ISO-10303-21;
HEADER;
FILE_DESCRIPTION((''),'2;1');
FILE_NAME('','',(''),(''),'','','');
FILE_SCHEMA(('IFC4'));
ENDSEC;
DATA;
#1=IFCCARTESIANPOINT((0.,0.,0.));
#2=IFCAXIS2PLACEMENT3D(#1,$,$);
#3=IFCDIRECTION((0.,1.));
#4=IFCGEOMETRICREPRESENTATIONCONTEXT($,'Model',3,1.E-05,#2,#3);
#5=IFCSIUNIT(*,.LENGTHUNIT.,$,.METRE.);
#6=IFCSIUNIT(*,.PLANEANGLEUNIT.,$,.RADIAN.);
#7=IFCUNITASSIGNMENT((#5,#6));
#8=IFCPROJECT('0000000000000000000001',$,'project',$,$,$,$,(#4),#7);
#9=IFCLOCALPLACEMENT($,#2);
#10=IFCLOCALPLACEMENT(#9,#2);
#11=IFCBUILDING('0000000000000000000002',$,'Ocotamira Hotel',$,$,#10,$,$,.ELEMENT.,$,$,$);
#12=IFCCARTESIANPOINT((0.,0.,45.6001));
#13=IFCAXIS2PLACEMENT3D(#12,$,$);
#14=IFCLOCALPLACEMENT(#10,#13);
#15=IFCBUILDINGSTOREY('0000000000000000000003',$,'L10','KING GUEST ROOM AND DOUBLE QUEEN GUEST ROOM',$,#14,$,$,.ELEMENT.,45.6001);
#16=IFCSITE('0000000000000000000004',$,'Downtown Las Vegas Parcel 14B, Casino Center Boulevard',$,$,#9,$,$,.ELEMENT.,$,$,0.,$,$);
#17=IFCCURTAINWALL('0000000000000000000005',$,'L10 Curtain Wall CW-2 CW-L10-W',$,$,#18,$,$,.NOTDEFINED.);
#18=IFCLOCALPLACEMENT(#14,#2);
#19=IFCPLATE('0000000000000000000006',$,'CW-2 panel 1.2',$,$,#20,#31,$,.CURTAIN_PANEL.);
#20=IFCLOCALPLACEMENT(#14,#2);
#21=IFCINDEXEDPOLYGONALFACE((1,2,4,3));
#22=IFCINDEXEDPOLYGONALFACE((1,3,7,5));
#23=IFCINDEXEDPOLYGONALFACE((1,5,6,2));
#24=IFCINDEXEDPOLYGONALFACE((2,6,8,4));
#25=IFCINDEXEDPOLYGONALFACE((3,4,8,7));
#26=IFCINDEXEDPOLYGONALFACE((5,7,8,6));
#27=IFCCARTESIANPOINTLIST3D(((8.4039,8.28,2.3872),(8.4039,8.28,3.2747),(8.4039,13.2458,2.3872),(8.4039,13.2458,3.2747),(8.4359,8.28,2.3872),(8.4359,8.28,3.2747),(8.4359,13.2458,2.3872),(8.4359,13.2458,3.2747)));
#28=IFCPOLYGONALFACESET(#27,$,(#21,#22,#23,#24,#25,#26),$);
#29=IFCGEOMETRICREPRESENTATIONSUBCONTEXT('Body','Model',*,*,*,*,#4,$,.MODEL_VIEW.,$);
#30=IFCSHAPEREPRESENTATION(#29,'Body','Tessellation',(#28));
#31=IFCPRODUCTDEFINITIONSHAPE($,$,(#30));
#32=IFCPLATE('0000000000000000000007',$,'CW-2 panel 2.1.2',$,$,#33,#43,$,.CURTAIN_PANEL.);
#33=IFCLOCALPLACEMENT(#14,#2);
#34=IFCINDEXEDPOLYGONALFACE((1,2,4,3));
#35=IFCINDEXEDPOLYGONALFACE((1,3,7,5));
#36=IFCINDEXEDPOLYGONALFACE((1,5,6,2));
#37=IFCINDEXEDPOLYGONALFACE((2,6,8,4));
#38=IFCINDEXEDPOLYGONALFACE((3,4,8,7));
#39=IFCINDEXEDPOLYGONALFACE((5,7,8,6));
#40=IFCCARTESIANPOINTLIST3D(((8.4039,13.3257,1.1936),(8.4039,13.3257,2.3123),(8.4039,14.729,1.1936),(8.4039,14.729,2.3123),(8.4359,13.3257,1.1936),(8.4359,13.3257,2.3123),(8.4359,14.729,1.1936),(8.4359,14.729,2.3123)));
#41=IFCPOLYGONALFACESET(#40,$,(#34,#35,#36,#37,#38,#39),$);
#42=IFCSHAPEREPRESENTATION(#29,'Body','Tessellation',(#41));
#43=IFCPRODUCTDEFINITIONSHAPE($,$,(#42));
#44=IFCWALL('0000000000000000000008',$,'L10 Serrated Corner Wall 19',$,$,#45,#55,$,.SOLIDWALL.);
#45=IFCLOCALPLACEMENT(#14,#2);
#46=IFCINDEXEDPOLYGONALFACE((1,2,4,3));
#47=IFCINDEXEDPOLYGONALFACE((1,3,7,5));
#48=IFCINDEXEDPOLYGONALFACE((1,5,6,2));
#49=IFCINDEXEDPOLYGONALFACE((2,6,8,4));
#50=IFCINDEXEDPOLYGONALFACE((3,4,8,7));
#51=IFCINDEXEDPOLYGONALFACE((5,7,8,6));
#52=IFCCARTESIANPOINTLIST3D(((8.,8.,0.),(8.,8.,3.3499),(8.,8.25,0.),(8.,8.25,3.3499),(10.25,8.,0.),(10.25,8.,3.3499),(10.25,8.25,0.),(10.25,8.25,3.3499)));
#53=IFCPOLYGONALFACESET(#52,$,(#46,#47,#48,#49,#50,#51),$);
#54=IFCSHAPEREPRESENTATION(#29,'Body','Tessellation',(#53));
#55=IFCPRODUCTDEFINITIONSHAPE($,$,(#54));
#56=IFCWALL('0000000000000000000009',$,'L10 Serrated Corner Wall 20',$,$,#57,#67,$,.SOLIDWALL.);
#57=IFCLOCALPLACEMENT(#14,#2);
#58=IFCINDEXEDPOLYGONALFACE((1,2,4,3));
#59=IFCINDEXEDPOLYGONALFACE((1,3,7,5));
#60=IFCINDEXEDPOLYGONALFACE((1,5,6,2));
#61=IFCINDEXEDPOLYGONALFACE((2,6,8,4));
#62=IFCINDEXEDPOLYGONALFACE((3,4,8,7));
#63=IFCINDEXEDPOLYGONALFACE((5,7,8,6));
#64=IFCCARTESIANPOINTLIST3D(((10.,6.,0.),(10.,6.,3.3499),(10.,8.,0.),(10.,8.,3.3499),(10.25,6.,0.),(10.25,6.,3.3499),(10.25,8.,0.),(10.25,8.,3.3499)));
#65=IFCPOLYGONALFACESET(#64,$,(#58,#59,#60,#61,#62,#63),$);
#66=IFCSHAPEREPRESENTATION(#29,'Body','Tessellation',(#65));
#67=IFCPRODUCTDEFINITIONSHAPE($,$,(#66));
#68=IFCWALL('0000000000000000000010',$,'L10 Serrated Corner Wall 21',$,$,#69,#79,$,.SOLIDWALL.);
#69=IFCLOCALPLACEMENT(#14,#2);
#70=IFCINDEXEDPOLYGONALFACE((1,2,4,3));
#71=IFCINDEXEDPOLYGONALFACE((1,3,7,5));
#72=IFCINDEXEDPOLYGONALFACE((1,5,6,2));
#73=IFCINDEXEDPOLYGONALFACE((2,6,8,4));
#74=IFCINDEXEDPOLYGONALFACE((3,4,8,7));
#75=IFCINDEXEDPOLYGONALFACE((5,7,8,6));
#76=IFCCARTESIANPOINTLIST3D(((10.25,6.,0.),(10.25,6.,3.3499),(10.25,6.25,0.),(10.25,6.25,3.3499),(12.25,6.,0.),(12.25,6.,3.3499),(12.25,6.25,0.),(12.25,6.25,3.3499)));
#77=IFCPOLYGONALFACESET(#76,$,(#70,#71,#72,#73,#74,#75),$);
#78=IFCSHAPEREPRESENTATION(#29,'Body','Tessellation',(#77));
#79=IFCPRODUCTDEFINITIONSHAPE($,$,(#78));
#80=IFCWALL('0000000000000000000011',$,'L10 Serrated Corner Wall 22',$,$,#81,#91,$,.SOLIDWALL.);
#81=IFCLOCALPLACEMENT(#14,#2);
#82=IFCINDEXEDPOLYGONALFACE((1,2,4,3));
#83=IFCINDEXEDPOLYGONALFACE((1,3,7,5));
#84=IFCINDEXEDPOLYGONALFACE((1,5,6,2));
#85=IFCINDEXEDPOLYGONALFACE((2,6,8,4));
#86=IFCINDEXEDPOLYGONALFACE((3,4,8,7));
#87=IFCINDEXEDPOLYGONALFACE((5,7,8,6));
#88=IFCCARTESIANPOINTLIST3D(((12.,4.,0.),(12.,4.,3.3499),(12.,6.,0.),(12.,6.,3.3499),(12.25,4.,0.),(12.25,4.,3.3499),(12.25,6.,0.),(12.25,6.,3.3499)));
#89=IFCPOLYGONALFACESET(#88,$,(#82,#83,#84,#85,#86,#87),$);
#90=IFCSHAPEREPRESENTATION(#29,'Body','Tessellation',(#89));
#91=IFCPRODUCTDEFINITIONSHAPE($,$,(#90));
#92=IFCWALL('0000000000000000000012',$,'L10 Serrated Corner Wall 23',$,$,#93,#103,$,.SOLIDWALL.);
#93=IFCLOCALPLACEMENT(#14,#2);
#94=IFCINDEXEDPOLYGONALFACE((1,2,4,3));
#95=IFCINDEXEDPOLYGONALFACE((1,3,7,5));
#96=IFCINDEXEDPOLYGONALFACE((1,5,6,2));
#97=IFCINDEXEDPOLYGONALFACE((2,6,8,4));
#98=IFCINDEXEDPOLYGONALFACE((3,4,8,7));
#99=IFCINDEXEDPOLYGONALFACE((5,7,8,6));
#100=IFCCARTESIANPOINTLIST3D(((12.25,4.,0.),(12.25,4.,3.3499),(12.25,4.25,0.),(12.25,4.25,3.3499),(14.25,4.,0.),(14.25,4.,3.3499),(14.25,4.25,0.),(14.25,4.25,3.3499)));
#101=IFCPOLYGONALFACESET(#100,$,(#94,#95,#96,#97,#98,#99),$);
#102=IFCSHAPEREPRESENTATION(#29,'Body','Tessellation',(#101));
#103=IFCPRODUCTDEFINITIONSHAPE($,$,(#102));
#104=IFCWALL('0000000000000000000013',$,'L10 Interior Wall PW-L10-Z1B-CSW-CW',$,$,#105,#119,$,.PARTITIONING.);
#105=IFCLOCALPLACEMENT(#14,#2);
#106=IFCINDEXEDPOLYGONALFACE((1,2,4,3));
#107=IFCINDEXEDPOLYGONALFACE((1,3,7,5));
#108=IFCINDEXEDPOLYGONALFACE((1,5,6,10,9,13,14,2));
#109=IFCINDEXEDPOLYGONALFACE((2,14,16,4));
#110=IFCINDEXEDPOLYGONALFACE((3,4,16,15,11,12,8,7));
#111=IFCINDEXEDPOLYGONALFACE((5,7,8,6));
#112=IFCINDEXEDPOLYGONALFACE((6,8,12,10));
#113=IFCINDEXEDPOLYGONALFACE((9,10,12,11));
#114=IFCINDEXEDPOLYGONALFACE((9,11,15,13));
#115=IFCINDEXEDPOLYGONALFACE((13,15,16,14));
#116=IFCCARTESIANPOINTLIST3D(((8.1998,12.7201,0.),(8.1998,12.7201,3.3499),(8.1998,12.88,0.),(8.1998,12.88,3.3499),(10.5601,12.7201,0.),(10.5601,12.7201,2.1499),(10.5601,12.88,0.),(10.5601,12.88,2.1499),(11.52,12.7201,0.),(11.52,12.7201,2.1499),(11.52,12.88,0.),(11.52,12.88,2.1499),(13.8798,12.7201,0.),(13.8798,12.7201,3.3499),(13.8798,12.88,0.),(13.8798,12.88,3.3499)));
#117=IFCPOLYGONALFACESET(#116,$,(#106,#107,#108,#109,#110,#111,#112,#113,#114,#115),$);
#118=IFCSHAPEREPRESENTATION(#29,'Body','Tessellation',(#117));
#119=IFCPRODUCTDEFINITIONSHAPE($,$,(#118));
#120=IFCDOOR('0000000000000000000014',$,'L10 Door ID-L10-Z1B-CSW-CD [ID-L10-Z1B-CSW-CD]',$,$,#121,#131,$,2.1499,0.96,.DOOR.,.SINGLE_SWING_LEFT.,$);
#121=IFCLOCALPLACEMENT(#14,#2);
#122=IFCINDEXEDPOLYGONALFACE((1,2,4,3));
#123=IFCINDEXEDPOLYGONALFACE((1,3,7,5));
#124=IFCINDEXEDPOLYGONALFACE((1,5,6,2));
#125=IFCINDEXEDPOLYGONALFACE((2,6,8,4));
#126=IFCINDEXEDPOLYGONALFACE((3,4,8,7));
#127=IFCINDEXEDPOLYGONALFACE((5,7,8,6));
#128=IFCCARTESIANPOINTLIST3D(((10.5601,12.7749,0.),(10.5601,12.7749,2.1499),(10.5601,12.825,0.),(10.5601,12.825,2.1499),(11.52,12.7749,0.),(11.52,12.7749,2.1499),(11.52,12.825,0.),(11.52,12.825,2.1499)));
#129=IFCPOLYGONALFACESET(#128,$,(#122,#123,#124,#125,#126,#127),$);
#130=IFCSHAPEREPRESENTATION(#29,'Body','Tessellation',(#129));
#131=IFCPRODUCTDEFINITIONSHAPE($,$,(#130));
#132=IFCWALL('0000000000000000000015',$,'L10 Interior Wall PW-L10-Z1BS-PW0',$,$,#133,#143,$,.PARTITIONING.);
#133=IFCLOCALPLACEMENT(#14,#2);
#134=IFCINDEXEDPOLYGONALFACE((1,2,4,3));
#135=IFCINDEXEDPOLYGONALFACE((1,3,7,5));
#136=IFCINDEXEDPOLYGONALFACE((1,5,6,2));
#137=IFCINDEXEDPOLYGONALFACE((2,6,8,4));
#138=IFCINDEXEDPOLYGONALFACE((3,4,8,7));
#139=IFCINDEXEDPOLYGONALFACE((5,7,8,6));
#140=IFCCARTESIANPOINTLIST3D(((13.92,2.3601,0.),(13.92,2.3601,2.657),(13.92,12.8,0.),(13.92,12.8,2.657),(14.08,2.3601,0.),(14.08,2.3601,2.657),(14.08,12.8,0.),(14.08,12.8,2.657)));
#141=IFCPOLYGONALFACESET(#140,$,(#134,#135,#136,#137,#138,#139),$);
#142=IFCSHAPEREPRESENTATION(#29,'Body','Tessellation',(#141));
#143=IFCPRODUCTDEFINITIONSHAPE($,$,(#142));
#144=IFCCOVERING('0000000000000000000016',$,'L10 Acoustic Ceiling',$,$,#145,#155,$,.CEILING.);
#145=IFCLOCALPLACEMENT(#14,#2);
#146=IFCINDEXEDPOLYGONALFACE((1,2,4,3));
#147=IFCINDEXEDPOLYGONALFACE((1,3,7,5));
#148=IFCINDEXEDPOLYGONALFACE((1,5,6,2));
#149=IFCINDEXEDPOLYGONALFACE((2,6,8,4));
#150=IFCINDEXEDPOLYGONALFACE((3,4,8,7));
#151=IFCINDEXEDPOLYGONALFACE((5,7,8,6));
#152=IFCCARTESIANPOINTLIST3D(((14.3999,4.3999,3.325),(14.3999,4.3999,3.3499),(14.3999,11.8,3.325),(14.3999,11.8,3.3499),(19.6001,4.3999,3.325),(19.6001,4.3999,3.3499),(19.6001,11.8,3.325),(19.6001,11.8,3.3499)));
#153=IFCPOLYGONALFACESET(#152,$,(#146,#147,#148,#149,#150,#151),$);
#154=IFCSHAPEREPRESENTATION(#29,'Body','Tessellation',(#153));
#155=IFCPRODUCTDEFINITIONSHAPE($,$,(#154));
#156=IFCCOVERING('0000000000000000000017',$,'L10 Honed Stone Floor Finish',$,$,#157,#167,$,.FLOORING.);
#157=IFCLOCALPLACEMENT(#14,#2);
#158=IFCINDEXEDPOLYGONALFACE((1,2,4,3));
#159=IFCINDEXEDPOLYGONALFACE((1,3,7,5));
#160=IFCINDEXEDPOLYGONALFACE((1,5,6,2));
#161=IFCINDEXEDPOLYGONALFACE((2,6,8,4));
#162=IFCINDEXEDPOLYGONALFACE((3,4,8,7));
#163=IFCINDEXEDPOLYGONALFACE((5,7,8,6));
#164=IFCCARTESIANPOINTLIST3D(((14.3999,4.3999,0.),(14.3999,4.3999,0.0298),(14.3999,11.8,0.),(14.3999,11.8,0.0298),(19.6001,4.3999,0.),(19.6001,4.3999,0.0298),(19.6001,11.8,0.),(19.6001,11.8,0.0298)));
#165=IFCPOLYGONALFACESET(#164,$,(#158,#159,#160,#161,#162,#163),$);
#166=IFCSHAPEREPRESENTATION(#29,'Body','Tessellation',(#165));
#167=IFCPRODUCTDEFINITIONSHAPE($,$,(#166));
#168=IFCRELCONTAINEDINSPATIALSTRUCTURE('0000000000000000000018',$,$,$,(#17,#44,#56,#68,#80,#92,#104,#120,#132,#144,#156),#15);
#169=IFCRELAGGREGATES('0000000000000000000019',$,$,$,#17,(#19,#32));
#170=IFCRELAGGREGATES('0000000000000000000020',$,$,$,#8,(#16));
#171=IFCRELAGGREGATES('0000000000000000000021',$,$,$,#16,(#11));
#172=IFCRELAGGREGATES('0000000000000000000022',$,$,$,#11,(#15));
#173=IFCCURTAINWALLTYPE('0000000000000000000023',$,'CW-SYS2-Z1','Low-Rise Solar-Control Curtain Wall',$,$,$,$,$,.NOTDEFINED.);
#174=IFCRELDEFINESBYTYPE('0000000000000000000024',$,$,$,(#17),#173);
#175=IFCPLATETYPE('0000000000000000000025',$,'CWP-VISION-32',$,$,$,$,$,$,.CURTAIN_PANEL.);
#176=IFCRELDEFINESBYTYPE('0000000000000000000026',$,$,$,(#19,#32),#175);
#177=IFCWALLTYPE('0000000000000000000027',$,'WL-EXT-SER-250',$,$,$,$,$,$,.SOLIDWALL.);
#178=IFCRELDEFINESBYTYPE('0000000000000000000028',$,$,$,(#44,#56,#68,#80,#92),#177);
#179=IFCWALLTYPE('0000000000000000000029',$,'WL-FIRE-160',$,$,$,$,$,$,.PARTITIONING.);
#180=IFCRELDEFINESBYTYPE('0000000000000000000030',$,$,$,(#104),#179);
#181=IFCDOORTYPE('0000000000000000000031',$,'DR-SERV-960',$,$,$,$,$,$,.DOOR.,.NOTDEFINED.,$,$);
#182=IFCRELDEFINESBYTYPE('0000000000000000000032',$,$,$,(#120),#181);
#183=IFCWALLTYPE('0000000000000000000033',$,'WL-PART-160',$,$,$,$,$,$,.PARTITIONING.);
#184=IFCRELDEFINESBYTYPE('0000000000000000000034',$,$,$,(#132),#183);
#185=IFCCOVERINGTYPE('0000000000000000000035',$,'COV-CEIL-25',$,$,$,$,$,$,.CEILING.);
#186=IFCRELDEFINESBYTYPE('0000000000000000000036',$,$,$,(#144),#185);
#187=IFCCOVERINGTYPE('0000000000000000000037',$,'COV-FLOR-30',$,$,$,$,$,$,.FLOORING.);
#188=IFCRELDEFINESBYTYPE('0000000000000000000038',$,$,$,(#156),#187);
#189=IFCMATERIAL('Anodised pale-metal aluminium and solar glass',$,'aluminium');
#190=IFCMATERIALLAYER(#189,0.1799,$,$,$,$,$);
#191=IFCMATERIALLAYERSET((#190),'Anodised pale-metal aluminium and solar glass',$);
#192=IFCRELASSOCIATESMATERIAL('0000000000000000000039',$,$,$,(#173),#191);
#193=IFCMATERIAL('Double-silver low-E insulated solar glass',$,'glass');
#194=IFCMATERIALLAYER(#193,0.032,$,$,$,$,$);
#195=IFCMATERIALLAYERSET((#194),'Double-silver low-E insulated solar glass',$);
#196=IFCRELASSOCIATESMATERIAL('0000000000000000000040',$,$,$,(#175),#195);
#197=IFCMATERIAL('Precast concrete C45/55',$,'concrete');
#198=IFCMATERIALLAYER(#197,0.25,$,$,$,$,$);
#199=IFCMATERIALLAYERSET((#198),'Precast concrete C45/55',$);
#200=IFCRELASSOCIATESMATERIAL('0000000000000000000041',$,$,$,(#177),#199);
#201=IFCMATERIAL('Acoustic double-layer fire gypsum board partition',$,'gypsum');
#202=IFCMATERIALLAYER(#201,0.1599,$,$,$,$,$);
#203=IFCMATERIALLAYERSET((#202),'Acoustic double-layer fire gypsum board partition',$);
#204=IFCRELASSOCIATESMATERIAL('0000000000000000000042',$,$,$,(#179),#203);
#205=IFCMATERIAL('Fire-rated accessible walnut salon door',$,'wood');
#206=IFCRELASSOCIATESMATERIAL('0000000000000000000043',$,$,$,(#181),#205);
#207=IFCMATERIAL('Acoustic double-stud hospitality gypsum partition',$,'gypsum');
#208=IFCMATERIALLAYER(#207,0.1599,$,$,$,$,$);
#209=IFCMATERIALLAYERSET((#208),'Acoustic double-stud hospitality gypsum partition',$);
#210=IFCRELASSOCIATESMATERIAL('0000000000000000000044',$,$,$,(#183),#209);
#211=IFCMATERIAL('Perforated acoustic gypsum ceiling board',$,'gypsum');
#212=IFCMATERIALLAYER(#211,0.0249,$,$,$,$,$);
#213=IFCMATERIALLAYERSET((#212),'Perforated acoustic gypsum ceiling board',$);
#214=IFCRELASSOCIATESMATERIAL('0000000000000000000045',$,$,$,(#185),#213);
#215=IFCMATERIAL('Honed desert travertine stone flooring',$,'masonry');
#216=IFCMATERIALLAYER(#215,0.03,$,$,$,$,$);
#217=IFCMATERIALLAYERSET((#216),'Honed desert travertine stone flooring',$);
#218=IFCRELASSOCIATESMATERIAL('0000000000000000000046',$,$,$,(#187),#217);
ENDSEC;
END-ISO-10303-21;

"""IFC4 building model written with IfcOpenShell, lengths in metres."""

from ifc_helpers import new_model, si_unit, direction, frame, frame_2d, origin, origin_2d, place, context, subcontext, project, spatial, polyline, rectangle, outline, extrude, source, transform, mapped, material, layer, layer_set, type_object, element, fill, aggregate, save


model = new_model("IFC4")

# Units and contexts
model_context = context("Model", 3, precision=1e-05, world=origin(), true_north=direction((0.0, 1.0)))
body_context = subcontext(model_context, "Body", "Model", "MODEL_VIEW")
ifc_project = project(units=[si_unit("LENGTHUNIT", "METRE"), si_unit("PLANEANGLEUNIT", "RADIAN")], contexts=[model_context])

# Site, building, storey
site_placement = place(None, origin())
site = spatial("IfcSite", under=ifc_project, at=site_placement, Name="Downtown Las Vegas Parcel 14B, Casino Center Boulevard", CompositionType="ELEMENT", RefElevation=0.0)
building_placement = place(site_placement, origin())
building = spatial("IfcBuilding", under=site, at=building_placement, Name="Ocotamira Hotel", CompositionType="ELEMENT")
storey_placement = place(building_placement, frame((0.0, 0.0, 45.6001)))
storey = spatial("IfcBuildingStorey", under=building, at=storey_placement, Name="L10", Description="KING GUEST ROOM AND DOUBLE QUEEN GUEST ROOM", CompositionType="ELEMENT", Elevation=45.6001)

# Curtain wall
ifc_material_1 = material(Name="Anodised pale-metal aluminium and solar glass", Category="aluminium")
ifc_layer_1 = layer(ifc_material_1, 0.1799)
ifc_layer_set_1 = layer_set([ifc_layer_1], Name="Anodised pale-metal aluminium and solar glass")
curtain_wall_type = type_object("IfcCurtainWallType", Name="CW-SYS2-Z1", Description="Low-Rise Solar-Control Curtain Wall", PredefinedType="NOTDEFINED", material=ifc_layer_set_1)
curtain_wall_placement = place(storey_placement, origin())
curtain_wall = element("IfcCurtainWall", 1, at=curtain_wall_placement, inside=storey, type_object=curtain_wall_type, Name="L10 Curtain Wall CW-2 CW-L10-W", PredefinedType="NOTDEFINED")

# Plates
ifc_material_2 = material(Name="Double-silver low-E insulated solar glass", Category="glass")
ifc_layer_2 = layer(ifc_material_2, 0.032)
ifc_layer_set_2 = layer_set([ifc_layer_2], Name="Double-silver low-E insulated solar glass")
plate_type_1 = type_object("IfcPlateType", Name="CWP-VISION-32", PredefinedType="CURTAIN_PANEL", material=ifc_layer_set_2)
shared_shape_1 = source(origin(), body_context, "Body", "SweptSolid", [
    extrude(rectangle(XDim=4.9658, YDim=0.032, at=origin_2d()), origin(), (0.0, 0.0, 1.0), 0.8875),
])
plate_1_placement = place(storey_placement, frame((8.4199, 10.7629, 2.3872), z_axis=(0.0, 0.0, 1.0), x_axis=(0.0, 1.0, 0.0)))
plate_1 = element("IfcPlate", 2, at=plate_1_placement, type_object=plate_type_1, Name="CW-2 panel 1.2", PredefinedType="CURTAIN_PANEL", context=body_context, shape_type="MappedRepresentation", body=[
    mapped(shared_shape_1, transform((0.0, 0.0, 0.0), scale=1.0)),
])
shared_shape_2 = source(origin(), body_context, "Body", "SweptSolid", [
    extrude(rectangle(XDim=1.4033, YDim=0.032, at=origin_2d()), origin(), (0.0, 0.0, 1.0), 1.1187),
])
plate_2_placement = place(storey_placement, frame((8.4199, 14.0273, 1.1936), z_axis=(0.0, 0.0, 1.0), x_axis=(0.0, 1.0, 0.0)))
plate_2 = element("IfcPlate", 3, at=plate_2_placement, type_object=plate_type_1, Name="CW-2 panel 2.1.2", PredefinedType="CURTAIN_PANEL", context=body_context, shape_type="MappedRepresentation", body=[
    mapped(shared_shape_2, transform((0.0, 0.0, 0.0), scale=1.0)),
])
aggregate(curtain_wall, [plate_1, plate_2])

# Walls
ifc_material_3 = material(Name="Precast concrete C45/55", Category="concrete")
ifc_layer_3 = layer(ifc_material_3, 0.25)
ifc_layer_set_3 = layer_set([ifc_layer_3], Name="Precast concrete C45/55")
wall_type_1 = type_object("IfcWallType", Name="WL-EXT-SER-250", PredefinedType="SOLIDWALL", material=ifc_layer_set_3)
wall_1_placement = place(storey_placement, frame((8.0, 8.125, 0.0), z_axis=(0.0, 0.0, 1.0), x_axis=(1.0, 0.0, 0.0)))
element("IfcWall", 4, at=wall_1_placement, inside=storey, type_object=wall_type_1, Name="L10 Serrated Corner Wall 19", PredefinedType="SOLIDWALL", context=body_context, shape_type="SweptSolid", body=[
    extrude(rectangle(XDim=2.25, YDim=0.25, at=frame_2d((1.125, 0.0))), origin(), (0.0, 0.0, 1.0), 3.3499),
])
for number, where, z_axis, x_axis, name in (
    (5, (10.125, 8.0, 0.0), (0.0, 0.0, 1.0), (0.0, -1.0, 0.0), "L10 Serrated Corner Wall 20"),
    (6, (10.25, 6.125, 0.0), (0.0, 0.0, 1.0), (1.0, 0.0, 0.0), "L10 Serrated Corner Wall 21"),
    (7, (12.125, 6.0, 0.0), (0.0, 0.0, 1.0), (0.0, -1.0, 0.0), "L10 Serrated Corner Wall 22"),
    (8, (12.25, 4.125, 0.0), (0.0, 0.0, 1.0), (1.0, 0.0, 0.0), "L10 Serrated Corner Wall 23"),
):
    element("IfcWall", number, at=place(storey_placement, frame(where, z_axis=z_axis, x_axis=x_axis)), inside=storey, type_object=wall_type_1, Name=name, PredefinedType="SOLIDWALL", context=body_context, shape_type="SweptSolid", body=[
        extrude(rectangle(XDim=2.0, YDim=0.25, at=frame_2d((1.0, 0.0))), origin(), (0.0, 0.0, 1.0), 3.3499),
    ])

# Wall, opening, door
ifc_material_4 = material(Name="Acoustic double-layer fire gypsum board partition", Category="gypsum")
ifc_layer_4 = layer(ifc_material_4, 0.1599)
ifc_layer_set_4 = layer_set([ifc_layer_4], Name="Acoustic double-layer fire gypsum board partition")
wall_type_2 = type_object("IfcWallType", Name="WL-FIRE-160", PredefinedType="PARTITIONING", material=ifc_layer_set_4)
wall_2_placement = place(storey_placement, frame((8.2, 12.8, 0.0), z_axis=(0.0, 0.0, 1.0), x_axis=(1.0, 0.0, 0.0)))
wall_2 = element("IfcWall", 9, at=wall_2_placement, inside=storey, type_object=wall_type_2, Name="L10 Interior Wall PW-L10-Z1B-CSW-CW", PredefinedType="PARTITIONING", context=body_context, shape_type="SweptSolid", body=[
    extrude(rectangle(XDim=5.6799, YDim=0.1599, at=frame_2d((2.8398, 0.0))), origin(), (0.0, 0.0, 1.0), 3.3499),
])
opening_1_placement = place(wall_2_placement, frame((2.3601, 0.0, 0.0)))
opening_1 = element("IfcOpeningElement", 10, at=opening_1_placement, cuts=wall_2, PredefinedType="OPENING", context=body_context, shape_type="SweptSolid", body=[
    extrude(rectangle(XDim=0.96, YDim=2.1499, at=frame_2d((0.48, 1.075))), frame((0.0, 0.0898, 0.0), z_axis=(0.0, -1.0, 0.0), x_axis=(1.0, 0.0, 0.0)), (0.0, 0.0, 1.0), 0.1799),
])
ifc_material_5 = material(Name="Fire-rated accessible walnut salon door", Category="wood")
door_type_1 = type_object("IfcDoorType", Name="DR-SERV-960", OperationType="NOTDEFINED", PredefinedType="DOOR", material=ifc_material_5)
shared_shape_3 = source(origin(), body_context, "Body", "SweptSolid", [
    extrude(rectangle(XDim=0.96, YDim=2.1499, at=frame_2d((0.48, 1.075))), frame((0.0, 0.0249, 0.0), z_axis=(0.0, -1.0, 0.0), x_axis=(1.0, 0.0, 0.0)), (0.0, 0.0, 1.0), 0.05),
])
door_1_placement = place(opening_1_placement, origin())
door_1 = element("IfcDoor", 11, at=door_1_placement, inside=storey, type_object=door_type_1, Name="L10 Door ID-L10-Z1B-CSW-CD [ID-L10-Z1B-CSW-CD]", OperationType="SINGLE_SWING_LEFT", OverallHeight=2.1499, OverallWidth=0.96, PredefinedType="DOOR", context=body_context, shape_type="MappedRepresentation", body=[
    mapped(shared_shape_3, transform((0.0, 0.0, 0.0), scale=1.0)),
])
fill(opening_1, door_1)

# Wall
ifc_material_6 = material(Name="Acoustic double-stud hospitality gypsum partition", Category="gypsum")
ifc_layer_5 = layer(ifc_material_6, 0.1599)
ifc_layer_set_5 = layer_set([ifc_layer_5], Name="Acoustic double-stud hospitality gypsum partition")
wall_type_3 = type_object("IfcWallType", Name="WL-PART-160", PredefinedType="PARTITIONING", material=ifc_layer_set_5)
wall_3_placement = place(storey_placement, frame((14.0, 2.3601, 0.0), z_axis=(0.0, 0.0, 1.0), x_axis=(0.0, 1.0, 0.0)))
element("IfcWall", 12, at=wall_3_placement, inside=storey, type_object=wall_type_3, Name="L10 Interior Wall PW-L10-Z1BS-PW0", PredefinedType="PARTITIONING", context=body_context, shape_type="SweptSolid", body=[
    extrude(rectangle(XDim=10.4399, YDim=0.1599, at=frame_2d((5.22, 0.0))), origin(), (0.0, 0.0, 1.0), 2.657),
])

# Coverings
ifc_material_7 = material(Name="Perforated acoustic gypsum ceiling board", Category="gypsum")
ifc_layer_6 = layer(ifc_material_7, 0.0249)
ifc_layer_set_6 = layer_set([ifc_layer_6], Name="Perforated acoustic gypsum ceiling board")
covering_type_1 = type_object("IfcCoveringType", Name="COV-CEIL-25", PredefinedType="CEILING", material=ifc_layer_set_6)
covering_1_placement = place(storey_placement, frame((0.0, 0.0, 3.325)))
element("IfcCovering", 13, at=covering_1_placement, inside=storey, type_object=covering_type_1, Name="L10 Acoustic Ceiling", PredefinedType="CEILING", context=body_context, shape_type="SweptSolid", body=[
    extrude(outline(polyline([(14.3999, 4.3999), (19.6001, 4.3999), (19.6001, 11.8), (14.3999, 11.8), (14.3999, 4.3999)])), origin(), (0.0, 0.0, 1.0), 0.0249),
])
ifc_material_8 = material(Name="Honed desert travertine stone flooring", Category="masonry")
ifc_layer_7 = layer(ifc_material_8, 0.03)
ifc_layer_set_7 = layer_set([ifc_layer_7], Name="Honed desert travertine stone flooring")
covering_type_2 = type_object("IfcCoveringType", Name="COV-FLOR-30", PredefinedType="FLOORING", material=ifc_layer_set_7)
covering_2_placement = place(storey_placement, origin())
element("IfcCovering", 14, at=covering_2_placement, inside=storey, type_object=covering_type_2, Name="L10 Honed Stone Floor Finish", PredefinedType="FLOORING", context=body_context, shape_type="SweptSolid", body=[
    extrude(outline(polyline([(14.3999, 4.3999), (19.6001, 4.3999), (19.6001, 11.8), (14.3999, 11.8), (14.3999, 4.3999)])), origin(), (0.0, 0.0, 1.0), 0.0298),
])

save(model, "model.ifc")
